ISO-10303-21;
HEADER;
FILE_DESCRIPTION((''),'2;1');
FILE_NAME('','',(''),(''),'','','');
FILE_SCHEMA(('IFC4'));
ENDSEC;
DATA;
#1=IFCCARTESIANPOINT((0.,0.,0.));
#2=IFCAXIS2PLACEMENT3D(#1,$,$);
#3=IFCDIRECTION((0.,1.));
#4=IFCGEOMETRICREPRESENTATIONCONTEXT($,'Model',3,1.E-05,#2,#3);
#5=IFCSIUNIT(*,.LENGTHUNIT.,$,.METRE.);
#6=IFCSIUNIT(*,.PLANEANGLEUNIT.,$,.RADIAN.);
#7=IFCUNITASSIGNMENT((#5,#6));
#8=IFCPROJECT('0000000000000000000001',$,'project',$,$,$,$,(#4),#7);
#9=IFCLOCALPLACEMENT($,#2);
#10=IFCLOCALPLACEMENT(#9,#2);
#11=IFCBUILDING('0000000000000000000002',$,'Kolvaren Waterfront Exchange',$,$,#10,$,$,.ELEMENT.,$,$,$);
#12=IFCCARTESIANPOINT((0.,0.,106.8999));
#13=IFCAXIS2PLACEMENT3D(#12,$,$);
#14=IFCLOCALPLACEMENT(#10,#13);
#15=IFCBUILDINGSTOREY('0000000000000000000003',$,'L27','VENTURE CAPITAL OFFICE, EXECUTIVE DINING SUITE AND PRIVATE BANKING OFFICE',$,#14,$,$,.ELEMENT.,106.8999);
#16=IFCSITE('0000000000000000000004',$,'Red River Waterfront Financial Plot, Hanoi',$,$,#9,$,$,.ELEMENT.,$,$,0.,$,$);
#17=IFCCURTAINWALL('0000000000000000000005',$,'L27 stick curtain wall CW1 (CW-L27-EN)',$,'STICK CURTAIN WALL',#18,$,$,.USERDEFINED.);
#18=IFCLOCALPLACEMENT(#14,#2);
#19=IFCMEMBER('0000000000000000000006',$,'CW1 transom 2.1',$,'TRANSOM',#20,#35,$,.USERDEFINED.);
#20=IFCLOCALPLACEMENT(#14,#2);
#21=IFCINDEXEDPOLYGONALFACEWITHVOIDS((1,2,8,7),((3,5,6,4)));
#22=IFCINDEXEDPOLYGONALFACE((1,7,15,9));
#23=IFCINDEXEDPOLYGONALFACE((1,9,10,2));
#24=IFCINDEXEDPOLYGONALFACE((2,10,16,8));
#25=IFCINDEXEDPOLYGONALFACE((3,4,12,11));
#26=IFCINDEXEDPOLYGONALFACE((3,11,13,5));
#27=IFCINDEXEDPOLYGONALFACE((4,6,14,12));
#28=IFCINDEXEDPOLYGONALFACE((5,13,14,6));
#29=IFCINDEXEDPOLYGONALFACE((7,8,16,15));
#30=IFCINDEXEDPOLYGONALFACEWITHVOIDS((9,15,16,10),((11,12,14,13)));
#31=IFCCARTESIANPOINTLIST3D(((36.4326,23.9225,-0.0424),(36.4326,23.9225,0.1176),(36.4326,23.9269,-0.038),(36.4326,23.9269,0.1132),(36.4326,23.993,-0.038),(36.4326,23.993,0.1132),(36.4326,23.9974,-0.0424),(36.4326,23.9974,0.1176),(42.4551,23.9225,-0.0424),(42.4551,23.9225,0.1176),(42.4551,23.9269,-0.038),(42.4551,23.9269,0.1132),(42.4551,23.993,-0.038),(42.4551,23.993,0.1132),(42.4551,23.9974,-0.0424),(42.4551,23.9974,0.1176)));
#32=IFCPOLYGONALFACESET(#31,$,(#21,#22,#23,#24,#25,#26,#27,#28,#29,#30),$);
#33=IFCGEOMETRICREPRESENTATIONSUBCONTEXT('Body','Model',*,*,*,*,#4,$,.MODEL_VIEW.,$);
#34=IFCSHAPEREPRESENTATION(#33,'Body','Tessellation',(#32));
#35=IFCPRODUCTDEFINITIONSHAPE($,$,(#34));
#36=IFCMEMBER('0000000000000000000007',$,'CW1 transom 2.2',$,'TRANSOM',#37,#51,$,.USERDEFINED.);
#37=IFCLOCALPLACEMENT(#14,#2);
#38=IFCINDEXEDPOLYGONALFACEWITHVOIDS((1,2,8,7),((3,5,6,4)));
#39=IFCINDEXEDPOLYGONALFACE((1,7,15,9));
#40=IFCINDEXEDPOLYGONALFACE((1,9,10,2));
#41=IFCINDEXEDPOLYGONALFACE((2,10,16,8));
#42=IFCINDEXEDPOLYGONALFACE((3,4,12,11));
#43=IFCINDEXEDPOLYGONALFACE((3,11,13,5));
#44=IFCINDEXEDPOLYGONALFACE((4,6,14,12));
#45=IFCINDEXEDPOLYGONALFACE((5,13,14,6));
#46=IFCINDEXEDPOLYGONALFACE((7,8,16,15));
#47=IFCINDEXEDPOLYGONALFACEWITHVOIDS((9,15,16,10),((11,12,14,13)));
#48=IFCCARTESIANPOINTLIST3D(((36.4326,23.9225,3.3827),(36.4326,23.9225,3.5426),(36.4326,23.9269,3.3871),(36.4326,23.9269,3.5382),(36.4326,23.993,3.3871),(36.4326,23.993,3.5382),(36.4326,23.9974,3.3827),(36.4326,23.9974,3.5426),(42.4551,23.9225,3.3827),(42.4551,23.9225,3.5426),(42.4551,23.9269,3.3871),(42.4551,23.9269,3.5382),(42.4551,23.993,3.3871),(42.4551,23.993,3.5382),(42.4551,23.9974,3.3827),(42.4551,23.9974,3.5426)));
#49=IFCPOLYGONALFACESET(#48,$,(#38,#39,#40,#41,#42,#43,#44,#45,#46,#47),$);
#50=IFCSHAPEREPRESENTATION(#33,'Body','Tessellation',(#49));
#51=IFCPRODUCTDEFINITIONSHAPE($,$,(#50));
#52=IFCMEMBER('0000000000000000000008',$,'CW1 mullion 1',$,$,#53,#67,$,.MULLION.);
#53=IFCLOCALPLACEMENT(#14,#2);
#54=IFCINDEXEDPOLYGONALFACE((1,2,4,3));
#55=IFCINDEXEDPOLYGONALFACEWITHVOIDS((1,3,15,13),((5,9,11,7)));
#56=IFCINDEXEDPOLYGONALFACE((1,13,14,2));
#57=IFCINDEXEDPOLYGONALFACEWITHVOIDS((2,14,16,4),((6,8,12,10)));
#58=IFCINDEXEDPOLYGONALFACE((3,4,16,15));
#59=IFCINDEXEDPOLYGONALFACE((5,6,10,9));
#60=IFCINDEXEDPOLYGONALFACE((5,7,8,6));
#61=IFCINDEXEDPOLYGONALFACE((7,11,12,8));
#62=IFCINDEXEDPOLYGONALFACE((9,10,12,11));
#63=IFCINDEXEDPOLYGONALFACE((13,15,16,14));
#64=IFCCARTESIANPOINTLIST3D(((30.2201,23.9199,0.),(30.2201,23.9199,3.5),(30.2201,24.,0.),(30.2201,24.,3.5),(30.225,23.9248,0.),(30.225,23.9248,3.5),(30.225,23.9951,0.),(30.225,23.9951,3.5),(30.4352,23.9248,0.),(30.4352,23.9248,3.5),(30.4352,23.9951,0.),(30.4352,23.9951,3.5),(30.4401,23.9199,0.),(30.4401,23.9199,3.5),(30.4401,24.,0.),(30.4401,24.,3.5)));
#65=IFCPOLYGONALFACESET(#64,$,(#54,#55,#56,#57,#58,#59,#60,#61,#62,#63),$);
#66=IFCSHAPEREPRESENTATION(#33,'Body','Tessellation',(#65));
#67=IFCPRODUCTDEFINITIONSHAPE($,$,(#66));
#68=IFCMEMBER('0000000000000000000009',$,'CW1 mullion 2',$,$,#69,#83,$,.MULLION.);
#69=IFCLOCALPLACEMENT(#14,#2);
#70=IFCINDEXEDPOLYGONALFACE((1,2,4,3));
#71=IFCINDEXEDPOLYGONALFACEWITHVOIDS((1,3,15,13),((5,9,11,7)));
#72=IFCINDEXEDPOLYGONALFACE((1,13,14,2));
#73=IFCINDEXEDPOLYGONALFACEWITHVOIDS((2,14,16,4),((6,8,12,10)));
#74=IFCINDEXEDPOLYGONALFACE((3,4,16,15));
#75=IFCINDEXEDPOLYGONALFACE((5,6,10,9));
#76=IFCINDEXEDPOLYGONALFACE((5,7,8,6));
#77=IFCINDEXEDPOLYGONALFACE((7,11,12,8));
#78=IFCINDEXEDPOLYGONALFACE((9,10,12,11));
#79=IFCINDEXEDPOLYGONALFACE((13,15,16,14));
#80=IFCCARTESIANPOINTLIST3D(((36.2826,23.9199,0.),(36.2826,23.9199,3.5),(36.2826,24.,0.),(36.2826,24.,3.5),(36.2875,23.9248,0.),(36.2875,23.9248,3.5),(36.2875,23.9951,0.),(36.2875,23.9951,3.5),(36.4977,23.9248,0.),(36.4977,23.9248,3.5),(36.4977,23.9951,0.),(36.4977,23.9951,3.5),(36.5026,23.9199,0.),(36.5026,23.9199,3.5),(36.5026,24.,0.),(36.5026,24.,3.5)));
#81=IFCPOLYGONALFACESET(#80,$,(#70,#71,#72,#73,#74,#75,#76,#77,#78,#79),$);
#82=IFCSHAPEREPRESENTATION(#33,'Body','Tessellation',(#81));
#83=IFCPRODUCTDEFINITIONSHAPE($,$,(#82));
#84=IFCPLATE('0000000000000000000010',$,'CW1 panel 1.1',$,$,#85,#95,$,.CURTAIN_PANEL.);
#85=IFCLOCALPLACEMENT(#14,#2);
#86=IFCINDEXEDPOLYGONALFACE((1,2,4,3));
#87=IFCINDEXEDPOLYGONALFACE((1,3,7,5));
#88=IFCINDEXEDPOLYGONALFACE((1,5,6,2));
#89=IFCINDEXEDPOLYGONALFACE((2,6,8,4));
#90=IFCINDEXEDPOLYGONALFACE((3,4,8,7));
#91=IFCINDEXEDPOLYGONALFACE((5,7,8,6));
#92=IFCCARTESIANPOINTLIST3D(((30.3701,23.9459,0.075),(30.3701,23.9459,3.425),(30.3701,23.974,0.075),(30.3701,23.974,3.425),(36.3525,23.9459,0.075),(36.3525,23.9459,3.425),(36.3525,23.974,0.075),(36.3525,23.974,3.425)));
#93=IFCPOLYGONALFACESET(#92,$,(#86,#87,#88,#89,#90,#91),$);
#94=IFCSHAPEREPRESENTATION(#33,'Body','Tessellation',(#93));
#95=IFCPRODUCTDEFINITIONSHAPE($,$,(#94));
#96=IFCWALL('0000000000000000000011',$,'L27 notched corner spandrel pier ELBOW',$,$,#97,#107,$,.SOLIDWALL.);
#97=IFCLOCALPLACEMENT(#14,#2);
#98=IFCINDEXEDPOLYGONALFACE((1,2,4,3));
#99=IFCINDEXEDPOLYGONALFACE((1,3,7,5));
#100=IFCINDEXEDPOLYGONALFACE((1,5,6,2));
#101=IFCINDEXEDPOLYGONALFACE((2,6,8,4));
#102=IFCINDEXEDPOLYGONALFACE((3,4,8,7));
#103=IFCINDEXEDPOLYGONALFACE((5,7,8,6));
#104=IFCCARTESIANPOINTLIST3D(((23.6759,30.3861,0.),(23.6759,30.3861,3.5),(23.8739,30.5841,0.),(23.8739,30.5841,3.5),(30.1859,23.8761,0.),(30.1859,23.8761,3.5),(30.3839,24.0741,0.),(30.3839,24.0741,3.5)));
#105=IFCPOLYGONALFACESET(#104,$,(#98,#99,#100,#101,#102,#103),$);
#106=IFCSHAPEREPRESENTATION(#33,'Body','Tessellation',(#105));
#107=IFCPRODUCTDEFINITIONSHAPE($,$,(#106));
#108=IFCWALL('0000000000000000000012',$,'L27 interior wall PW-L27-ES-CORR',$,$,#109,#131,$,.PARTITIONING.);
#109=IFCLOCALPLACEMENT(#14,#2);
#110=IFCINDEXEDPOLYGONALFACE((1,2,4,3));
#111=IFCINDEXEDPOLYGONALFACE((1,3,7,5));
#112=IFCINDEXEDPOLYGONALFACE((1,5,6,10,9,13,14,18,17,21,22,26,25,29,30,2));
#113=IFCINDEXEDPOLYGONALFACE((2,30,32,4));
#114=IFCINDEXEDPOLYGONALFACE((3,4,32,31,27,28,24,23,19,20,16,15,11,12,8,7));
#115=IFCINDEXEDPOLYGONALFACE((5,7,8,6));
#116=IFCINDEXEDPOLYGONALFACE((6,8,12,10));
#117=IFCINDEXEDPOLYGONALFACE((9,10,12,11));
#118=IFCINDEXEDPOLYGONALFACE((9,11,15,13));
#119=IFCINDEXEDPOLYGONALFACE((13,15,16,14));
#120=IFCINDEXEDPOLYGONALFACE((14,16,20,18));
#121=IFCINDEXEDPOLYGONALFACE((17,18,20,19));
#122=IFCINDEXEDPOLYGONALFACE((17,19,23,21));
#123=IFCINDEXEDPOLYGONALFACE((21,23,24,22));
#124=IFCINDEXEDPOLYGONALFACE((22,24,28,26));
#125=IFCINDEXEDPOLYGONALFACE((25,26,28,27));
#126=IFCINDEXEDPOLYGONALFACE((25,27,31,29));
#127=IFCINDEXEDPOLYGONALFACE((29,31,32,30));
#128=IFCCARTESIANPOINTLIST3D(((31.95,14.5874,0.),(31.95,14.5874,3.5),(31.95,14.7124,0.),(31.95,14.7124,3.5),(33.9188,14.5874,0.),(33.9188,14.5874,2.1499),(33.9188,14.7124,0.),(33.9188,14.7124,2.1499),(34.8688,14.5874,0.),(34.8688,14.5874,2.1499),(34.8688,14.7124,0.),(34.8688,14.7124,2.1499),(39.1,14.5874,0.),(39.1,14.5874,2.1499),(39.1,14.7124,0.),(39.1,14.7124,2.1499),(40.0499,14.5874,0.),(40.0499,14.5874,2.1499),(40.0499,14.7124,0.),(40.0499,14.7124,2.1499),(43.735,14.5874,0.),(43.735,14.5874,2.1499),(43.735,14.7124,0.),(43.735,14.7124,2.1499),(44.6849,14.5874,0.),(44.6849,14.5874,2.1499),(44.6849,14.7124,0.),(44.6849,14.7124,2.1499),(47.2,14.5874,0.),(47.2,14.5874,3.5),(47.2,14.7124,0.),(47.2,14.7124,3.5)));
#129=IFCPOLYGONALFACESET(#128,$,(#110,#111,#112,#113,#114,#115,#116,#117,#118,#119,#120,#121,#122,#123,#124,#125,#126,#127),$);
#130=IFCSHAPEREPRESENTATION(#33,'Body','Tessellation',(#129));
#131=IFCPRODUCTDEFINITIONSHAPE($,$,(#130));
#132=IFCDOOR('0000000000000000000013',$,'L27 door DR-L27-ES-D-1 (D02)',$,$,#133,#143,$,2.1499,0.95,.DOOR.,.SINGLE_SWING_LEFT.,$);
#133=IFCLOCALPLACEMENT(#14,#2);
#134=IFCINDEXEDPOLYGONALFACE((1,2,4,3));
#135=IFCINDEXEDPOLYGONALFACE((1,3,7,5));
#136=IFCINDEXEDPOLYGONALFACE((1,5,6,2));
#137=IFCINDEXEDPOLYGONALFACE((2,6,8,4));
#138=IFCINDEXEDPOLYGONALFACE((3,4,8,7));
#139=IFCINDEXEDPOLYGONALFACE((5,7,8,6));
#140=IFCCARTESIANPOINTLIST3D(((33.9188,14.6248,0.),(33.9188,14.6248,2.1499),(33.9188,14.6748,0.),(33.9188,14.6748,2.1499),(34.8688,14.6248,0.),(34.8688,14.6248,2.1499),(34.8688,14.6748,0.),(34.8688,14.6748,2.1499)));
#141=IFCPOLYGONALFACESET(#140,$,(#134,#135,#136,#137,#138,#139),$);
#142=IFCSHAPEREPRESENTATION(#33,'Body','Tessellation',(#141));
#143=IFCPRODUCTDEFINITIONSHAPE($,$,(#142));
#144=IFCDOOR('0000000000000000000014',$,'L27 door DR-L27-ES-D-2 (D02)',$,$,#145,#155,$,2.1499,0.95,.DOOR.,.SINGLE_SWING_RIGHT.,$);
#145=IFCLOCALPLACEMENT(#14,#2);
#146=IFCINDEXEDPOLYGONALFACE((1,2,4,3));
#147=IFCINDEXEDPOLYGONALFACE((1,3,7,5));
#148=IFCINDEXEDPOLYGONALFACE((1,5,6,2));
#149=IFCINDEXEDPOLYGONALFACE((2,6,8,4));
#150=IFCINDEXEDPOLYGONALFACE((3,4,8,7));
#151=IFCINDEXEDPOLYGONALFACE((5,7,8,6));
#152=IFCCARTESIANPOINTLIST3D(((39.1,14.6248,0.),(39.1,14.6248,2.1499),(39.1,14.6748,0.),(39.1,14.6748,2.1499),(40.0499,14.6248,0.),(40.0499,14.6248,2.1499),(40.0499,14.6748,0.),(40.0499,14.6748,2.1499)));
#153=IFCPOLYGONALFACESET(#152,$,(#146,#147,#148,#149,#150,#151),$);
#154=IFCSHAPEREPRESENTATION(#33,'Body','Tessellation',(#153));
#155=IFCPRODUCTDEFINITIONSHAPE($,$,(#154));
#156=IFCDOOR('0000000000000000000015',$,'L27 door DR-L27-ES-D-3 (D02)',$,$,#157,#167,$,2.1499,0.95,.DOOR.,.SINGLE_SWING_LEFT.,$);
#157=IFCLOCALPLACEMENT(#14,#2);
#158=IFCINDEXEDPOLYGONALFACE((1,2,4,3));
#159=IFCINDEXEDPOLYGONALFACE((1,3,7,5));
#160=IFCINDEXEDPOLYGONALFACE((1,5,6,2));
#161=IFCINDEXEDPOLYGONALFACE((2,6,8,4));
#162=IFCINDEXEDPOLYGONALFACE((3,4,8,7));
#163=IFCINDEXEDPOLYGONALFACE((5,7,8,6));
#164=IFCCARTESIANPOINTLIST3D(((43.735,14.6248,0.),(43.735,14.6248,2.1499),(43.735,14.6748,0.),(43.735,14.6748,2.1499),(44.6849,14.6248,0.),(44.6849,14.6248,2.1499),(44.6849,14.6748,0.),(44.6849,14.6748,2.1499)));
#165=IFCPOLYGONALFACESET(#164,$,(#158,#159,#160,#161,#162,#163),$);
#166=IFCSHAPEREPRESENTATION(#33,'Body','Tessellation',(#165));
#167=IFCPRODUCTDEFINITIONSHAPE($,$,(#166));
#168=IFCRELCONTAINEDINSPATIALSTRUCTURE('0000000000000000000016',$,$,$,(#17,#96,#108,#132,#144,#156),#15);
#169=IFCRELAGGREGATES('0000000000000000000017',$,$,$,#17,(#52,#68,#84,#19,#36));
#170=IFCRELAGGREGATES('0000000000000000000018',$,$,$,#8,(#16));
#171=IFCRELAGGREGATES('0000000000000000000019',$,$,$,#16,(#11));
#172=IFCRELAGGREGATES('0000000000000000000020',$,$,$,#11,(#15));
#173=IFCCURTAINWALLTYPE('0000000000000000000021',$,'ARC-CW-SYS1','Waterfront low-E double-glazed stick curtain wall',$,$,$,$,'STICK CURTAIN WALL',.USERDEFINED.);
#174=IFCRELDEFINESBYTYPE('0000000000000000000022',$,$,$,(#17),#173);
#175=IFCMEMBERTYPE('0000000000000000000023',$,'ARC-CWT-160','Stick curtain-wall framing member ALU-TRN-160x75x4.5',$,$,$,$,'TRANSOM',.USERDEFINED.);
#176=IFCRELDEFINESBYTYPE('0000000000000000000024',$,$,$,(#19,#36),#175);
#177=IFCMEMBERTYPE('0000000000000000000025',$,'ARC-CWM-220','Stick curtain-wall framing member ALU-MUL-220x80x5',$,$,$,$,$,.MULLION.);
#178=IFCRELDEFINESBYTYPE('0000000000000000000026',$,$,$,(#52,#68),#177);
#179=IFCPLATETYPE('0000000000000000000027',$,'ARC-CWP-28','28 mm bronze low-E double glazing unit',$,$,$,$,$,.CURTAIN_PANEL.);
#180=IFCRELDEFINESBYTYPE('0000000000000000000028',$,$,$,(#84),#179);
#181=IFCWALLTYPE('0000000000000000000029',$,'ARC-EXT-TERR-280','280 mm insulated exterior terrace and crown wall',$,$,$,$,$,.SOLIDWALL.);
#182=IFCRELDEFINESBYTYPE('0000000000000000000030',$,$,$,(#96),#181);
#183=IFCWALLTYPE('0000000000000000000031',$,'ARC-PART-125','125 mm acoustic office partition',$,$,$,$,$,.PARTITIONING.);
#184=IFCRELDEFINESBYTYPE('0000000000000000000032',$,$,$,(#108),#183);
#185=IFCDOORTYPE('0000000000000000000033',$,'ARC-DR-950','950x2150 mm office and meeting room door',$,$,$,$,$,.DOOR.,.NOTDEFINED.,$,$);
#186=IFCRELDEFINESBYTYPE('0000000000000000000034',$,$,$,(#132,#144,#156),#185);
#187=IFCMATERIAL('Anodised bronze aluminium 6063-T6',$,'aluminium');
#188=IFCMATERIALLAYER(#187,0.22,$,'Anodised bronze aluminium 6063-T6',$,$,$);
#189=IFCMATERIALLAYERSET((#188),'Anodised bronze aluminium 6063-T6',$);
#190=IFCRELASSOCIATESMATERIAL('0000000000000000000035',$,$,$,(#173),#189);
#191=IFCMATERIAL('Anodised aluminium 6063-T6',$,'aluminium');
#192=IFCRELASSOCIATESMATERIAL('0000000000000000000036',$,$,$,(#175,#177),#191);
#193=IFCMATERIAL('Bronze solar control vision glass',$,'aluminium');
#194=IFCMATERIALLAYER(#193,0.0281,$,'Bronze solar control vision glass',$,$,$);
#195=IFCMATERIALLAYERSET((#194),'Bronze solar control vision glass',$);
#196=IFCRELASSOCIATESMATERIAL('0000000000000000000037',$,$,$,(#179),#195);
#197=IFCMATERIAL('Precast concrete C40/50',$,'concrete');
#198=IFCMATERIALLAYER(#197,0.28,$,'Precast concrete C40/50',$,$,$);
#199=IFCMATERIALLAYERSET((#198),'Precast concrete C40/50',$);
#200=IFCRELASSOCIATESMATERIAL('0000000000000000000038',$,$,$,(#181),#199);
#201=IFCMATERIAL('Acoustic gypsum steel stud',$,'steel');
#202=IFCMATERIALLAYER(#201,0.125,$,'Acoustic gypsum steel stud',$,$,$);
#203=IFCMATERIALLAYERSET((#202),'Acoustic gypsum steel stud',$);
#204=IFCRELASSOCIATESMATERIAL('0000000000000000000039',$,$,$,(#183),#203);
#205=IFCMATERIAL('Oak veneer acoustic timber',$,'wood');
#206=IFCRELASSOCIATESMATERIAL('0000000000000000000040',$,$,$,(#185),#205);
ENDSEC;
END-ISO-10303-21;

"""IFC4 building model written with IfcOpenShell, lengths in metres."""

from ifc_helpers import new_model, si_unit, direction, frame, frame_2d, origin, origin_with_axes, origin_2d, place, context, subcontext, project, spatial, rectangle, hollow_rectangle, extrude, source, transform, mapped, material, layer, layer_set, material_profile, profile_set, type_object, element, fill, aggregate, save


model = new_model("IFC4")

# Units and contexts
model_context = context("Model", 3, precision=1e-05, world=origin(), true_north=direction((0.0, 1.0)))
body_context = subcontext(model_context, "Body", "Model", "MODEL_VIEW")
ifc_project = project(units=[si_unit("LENGTHUNIT", "METRE"), si_unit("PLANEANGLEUNIT", "RADIAN")], contexts=[model_context])

# Site, building, storey
site_placement = place(None, origin())
site = spatial("IfcSite", under=ifc_project, at=site_placement, Name="Red River Waterfront Financial Plot, Hanoi", CompositionType="ELEMENT", RefElevation=0.0)
building_placement = place(site_placement, origin())
building = spatial("IfcBuilding", under=site, at=building_placement, Name="Kolvaren Waterfront Exchange", CompositionType="ELEMENT")
storey_placement = place(building_placement, frame((0.0, 0.0, 106.8999)))
storey = spatial("IfcBuildingStorey", under=building, at=storey_placement, Name="L27", Description="VENTURE CAPITAL OFFICE, EXECUTIVE DINING SUITE AND PRIVATE BANKING OFFICE", CompositionType="ELEMENT", Elevation=106.8999)

# Curtain wall, members, plate
ifc_material_1 = material(Name="Anodised bronze aluminium 6063-T6", Category="aluminium")
ifc_layer_1 = layer(ifc_material_1, 0.22, Name="Anodised bronze aluminium 6063-T6")
ifc_layer_set_1 = layer_set([ifc_layer_1], Name="Anodised bronze aluminium 6063-T6")
curtain_wall_type = type_object("IfcCurtainWallType", Name="ARC-CW-SYS1", Description="Waterfront low-E double-glazed stick curtain wall", ElementType="STICK CURTAIN WALL", PredefinedType="USERDEFINED", material=ifc_layer_set_1)
curtain_wall_placement = place(storey_placement, origin())
curtain_wall = element("IfcCurtainWall", 1, at=curtain_wall_placement, inside=storey, type_object=curtain_wall_type, Name="L27 stick curtain wall CW1 (CW-L27-EN)", ObjectType="STICK CURTAIN WALL", PredefinedType="USERDEFINED")
ifc_material_2 = material(Name="Anodised aluminium 6063-T6", Category="aluminium")
ifc_material_profile_1 = material_profile(ifc_material_2, hollow_rectangle(XDim=0.075, YDim=0.1599, WallThickness=0.0044, at=origin_2d()), Name="ALU-TRN-160x75x4.5")
ifc_profile_set_1 = profile_set([ifc_material_profile_1], Name="Anodised aluminium 6063-T6")
member_type_1 = type_object("IfcMemberType", Name="ARC-CWT-160", Description="Stick curtain-wall framing member ALU-TRN-160x75x4.5", ElementType="TRANSOM", PredefinedType="USERDEFINED", material=ifc_profile_set_1)
shared_shape_1 = source(origin_with_axes(), body_context, "Body", "SweptSolid", [
    extrude(hollow_rectangle(XDim=0.075, YDim=0.1599, WallThickness=0.0044, at=origin_2d()), origin(), (0.0, 0.0, 1.0), 6.0225),
])
member_1_placement = place(storey_placement, frame((36.4326, 23.96, 0.0376), z_axis=(1.0, 0.0, 0.0), x_axis=(0.0, 1.0, 0.0)))
member_1 = element("IfcMember", 2, at=member_1_placement, type_object=member_type_1, Name="CW1 transom 2.1", ObjectType="TRANSOM", PredefinedType="USERDEFINED", context=body_context, shape_type="MappedRepresentation", body=[
    mapped(shared_shape_1, transform((0.0, 0.0, 0.0), x_axis=(1.0, 0.0, 0.0), y_axis=(0.0, 1.0, 0.0), z_axis=(0.0, 0.0, 1.0), scale=1.0)),
])
member_2_placement = place(storey_placement, frame((36.4326, 23.96, 3.4626), z_axis=(1.0, 0.0, 0.0), x_axis=(0.0, 1.0, 0.0)))
member_2 = element("IfcMember", 3, at=member_2_placement, type_object=member_type_1, Name="CW1 transom 2.2", ObjectType="TRANSOM", PredefinedType="USERDEFINED", context=body_context, shape_type="MappedRepresentation", body=[
    mapped(shared_shape_1, transform((0.0, 0.0, 0.0), x_axis=(1.0, 0.0, 0.0), y_axis=(0.0, 1.0, 0.0), z_axis=(0.0, 0.0, 1.0), scale=1.0)),
])
ifc_material_profile_2 = material_profile(ifc_material_2, hollow_rectangle(XDim=0.0801, YDim=0.22, WallThickness=0.0049, at=origin_2d()), Name="ALU-MUL-220x80x5")
ifc_profile_set_2 = profile_set([ifc_material_profile_2], Name="Anodised aluminium 6063-T6")
member_type_2 = type_object("IfcMemberType", Name="ARC-CWM-220", Description="Stick curtain-wall framing member ALU-MUL-220x80x5", PredefinedType="MULLION", material=ifc_profile_set_2)
shared_shape_2 = source(origin_with_axes(), body_context, "Body", "SweptSolid", [
    extrude(hollow_rectangle(XDim=0.0801, YDim=0.22, WallThickness=0.0049, at=origin_2d()), origin(), (0.0, 0.0, 1.0), 3.5),
])
member_3_placement = place(storey_placement, frame((30.3301, 23.96, 0.0), z_axis=(0.0, 0.0, 1.0), x_axis=(0.0, 1.0, 0.0)))
member_3 = element("IfcMember", 4, at=member_3_placement, type_object=member_type_2, Name="CW1 mullion 1", PredefinedType="MULLION", context=body_context, shape_type="MappedRepresentation", body=[
    mapped(shared_shape_2, transform((0.0, 0.0, 0.0), x_axis=(1.0, 0.0, 0.0), y_axis=(0.0, 1.0, 0.0), z_axis=(0.0, 0.0, 1.0), scale=1.0)),
])
member_4_placement = place(storey_placement, frame((36.3926, 23.96, 0.0), z_axis=(0.0, 0.0, 1.0), x_axis=(0.0, 1.0, 0.0)))
member_4 = element("IfcMember", 5, at=member_4_placement, type_object=member_type_2, Name="CW1 mullion 2", PredefinedType="MULLION", context=body_context, shape_type="MappedRepresentation", body=[
    mapped(shared_shape_2, transform((0.0, 0.0, 0.0), x_axis=(1.0, 0.0, 0.0), y_axis=(0.0, 1.0, 0.0), z_axis=(0.0, 0.0, 1.0), scale=1.0)),
])
ifc_material_3 = material(Name="Bronze solar control vision glass", Category="aluminium")
ifc_layer_2 = layer(ifc_material_3, 0.0281, Name="Bronze solar control vision glass")
ifc_layer_set_2 = layer_set([ifc_layer_2], Name="Bronze solar control vision glass")
plate_type = type_object("IfcPlateType", Name="ARC-CWP-28", Description="28 mm bronze low-E double glazing unit", PredefinedType="CURTAIN_PANEL", material=ifc_layer_set_2)
shared_shape_3 = source(origin_with_axes(), body_context, "Body", "SweptSolid", [
    extrude(rectangle(XDim=5.9824, YDim=0.0281, at=origin_2d()), origin(), (0.0, 0.0, 1.0), 3.3501),
])
plate_placement = place(storey_placement, frame((33.3613, 23.96, 0.075), z_axis=(0.0, 0.0, 1.0), x_axis=(1.0, 0.0, 0.0)))
plate = element("IfcPlate", 6, at=plate_placement, type_object=plate_type, Name="CW1 panel 1.1", PredefinedType="CURTAIN_PANEL", context=body_context, shape_type="MappedRepresentation", body=[
    mapped(shared_shape_3, transform((0.0, 0.0, 0.0), x_axis=(1.0, 0.0, 0.0), y_axis=(0.0, 1.0, 0.0), z_axis=(0.0, 0.0, 1.0), scale=1.0)),
])
aggregate(curtain_wall, [member_3, member_4, plate, member_1, member_2])

# Wall
ifc_material_4 = material(Name="Precast concrete C40/50", Category="concrete")
ifc_layer_3 = layer(ifc_material_4, 0.28, Name="Precast concrete C40/50")
ifc_layer_set_3 = layer_set([ifc_layer_3], Name="Precast concrete C40/50")
wall_type_1 = type_object("IfcWallType", Name="ARC-EXT-TERR-280", Description="280 mm insulated exterior terrace and crown wall", PredefinedType="SOLIDWALL", material=ifc_layer_set_3)
wall_1_placement = place(storey_placement, frame((30.2849, 23.9751, 0.0), z_axis=(0.0, 0.0, 1.0), x_axis=(-0.707107, 0.707107, 0.0)))
element("IfcWall", 7, at=wall_1_placement, inside=storey, type_object=wall_type_1, Name="L27 notched corner spandrel pier ELBOW", PredefinedType="SOLIDWALL", context=body_context, shape_type="SweptSolid", body=[
    extrude(rectangle(XDim=9.2065, YDim=0.28, at=frame_2d((4.6033, 0.0))), origin(), (0.0, 0.0, 1.0), 3.5),
])

# Wall, openings, doors
ifc_material_5 = material(Name="Acoustic gypsum steel stud", Category="steel")
ifc_layer_4 = layer(ifc_material_5, 0.125, Name="Acoustic gypsum steel stud")
ifc_layer_set_4 = layer_set([ifc_layer_4], Name="Acoustic gypsum steel stud")
wall_type_2 = type_object("IfcWallType", Name="ARC-PART-125", Description="125 mm acoustic office partition", PredefinedType="PARTITIONING", material=ifc_layer_set_4)
wall_2_placement = place(storey_placement, frame((31.95, 14.6499, 0.0), z_axis=(0.0, 0.0, 1.0), x_axis=(1.0, 0.0, 0.0)))
wall_2 = element("IfcWall", 8, at=wall_2_placement, inside=storey, type_object=wall_type_2, Name="L27 interior wall PW-L27-ES-CORR", PredefinedType="PARTITIONING", context=body_context, shape_type="SweptSolid", body=[
    extrude(rectangle(XDim=15.25, YDim=0.125, at=frame_2d((7.625, 0.0))), origin(), (0.0, 0.0, 1.0), 3.5),
])
opening_1_placement = place(wall_2_placement, frame((1.9688, 0.0, 0.0)))
opening_1 = element("IfcOpeningElement", 9, at=opening_1_placement, cuts=wall_2, PredefinedType="OPENING", context=body_context, shape_type="SweptSolid", body=[
    extrude(rectangle(XDim=0.95, YDim=2.1499, at=frame_2d((0.4751, 1.075))), frame((0.0, 0.0725, 0.0), z_axis=(0.0, -1.0, 0.0), x_axis=(1.0, 0.0, 0.0)), (0.0, 0.0, 1.0), 0.145),
])
opening_2_placement = place(wall_2_placement, frame((7.1499, 0.0, 0.0)))
opening_2 = element("IfcOpeningElement", 10, at=opening_2_placement, cuts=wall_2, PredefinedType="OPENING", context=body_context, shape_type="SweptSolid", body=[
    extrude(rectangle(XDim=0.95, YDim=2.1499, at=frame_2d((0.4751, 1.075))), frame((0.0, 0.0725, 0.0), z_axis=(0.0, -1.0, 0.0), x_axis=(1.0, 0.0, 0.0)), (0.0, 0.0, 1.0), 0.145),
])
opening_3_placement = place(wall_2_placement, frame((11.7849, 0.0, 0.0)))
opening_3 = element("IfcOpeningElement", 11, at=opening_3_placement, cuts=wall_2, PredefinedType="OPENING", context=body_context, shape_type="SweptSolid", body=[
    extrude(rectangle(XDim=0.95, YDim=2.1499, at=frame_2d((0.4751, 1.075))), frame((0.0, 0.0725, 0.0), z_axis=(0.0, -1.0, 0.0), x_axis=(1.0, 0.0, 0.0)), (0.0, 0.0, 1.0), 0.145),
])
ifc_material_6 = material(Name="Oak veneer acoustic timber", Category="wood")
door_type_1 = type_object("IfcDoorType", Name="ARC-DR-950", Description="950x2150 mm office and meeting room door", OperationType="NOTDEFINED", PredefinedType="DOOR", material=ifc_material_6)
door_1_placement = place(opening_1_placement, origin())
door_1 = element("IfcDoor", 12, at=door_1_placement, inside=storey, type_object=door_type_1, Name="L27 door DR-L27-ES-D-1 (D02)", OperationType="SINGLE_SWING_LEFT", OverallHeight=2.1499, OverallWidth=0.95, PredefinedType="DOOR", context=body_context, shape_type="SweptSolid", body=[
    extrude(rectangle(XDim=0.95, YDim=2.1499, at=frame_2d((0.4751, 1.075))), frame((0.0, 0.0249, 0.0), z_axis=(0.0, -1.0, 0.0), x_axis=(1.0, 0.0, 0.0)), (0.0, 0.0, 1.0), 0.05),
])
fill(opening_1, door_1)
door_2_placement = place(opening_2_placement, origin())
door_2 = element("IfcDoor", 13, at=door_2_placement, inside=storey, type_object=door_type_1, Name="L27 door DR-L27-ES-D-2 (D02)", OperationType="SINGLE_SWING_RIGHT", OverallHeight=2.1499, OverallWidth=0.95, PredefinedType="DOOR", context=body_context, shape_type="SweptSolid", body=[
    extrude(rectangle(XDim=0.95, YDim=2.1499, at=frame_2d((0.4751, 1.075))), frame((0.0, 0.0249, 0.0), z_axis=(0.0, -1.0, 0.0), x_axis=(1.0, 0.0, 0.0)), (0.0, 0.0, 1.0), 0.05),
])
fill(opening_2, door_2)
door_3_placement = place(opening_3_placement, origin())
door_3 = element("IfcDoor", 14, at=door_3_placement, inside=storey, type_object=door_type_1, Name="L27 door DR-L27-ES-D-3 (D02)", OperationType="SINGLE_SWING_LEFT", OverallHeight=2.1499, OverallWidth=0.95, PredefinedType="DOOR", context=body_context, shape_type="SweptSolid", body=[
    extrude(rectangle(XDim=0.95, YDim=2.1499, at=frame_2d((0.4751, 1.075))), frame((0.0, 0.0249, 0.0), z_axis=(0.0, -1.0, 0.0), x_axis=(1.0, 0.0, 0.0)), (0.0, 0.0, 1.0), 0.05),
])
fill(opening_3, door_3)

save(model, "model.ifc")
